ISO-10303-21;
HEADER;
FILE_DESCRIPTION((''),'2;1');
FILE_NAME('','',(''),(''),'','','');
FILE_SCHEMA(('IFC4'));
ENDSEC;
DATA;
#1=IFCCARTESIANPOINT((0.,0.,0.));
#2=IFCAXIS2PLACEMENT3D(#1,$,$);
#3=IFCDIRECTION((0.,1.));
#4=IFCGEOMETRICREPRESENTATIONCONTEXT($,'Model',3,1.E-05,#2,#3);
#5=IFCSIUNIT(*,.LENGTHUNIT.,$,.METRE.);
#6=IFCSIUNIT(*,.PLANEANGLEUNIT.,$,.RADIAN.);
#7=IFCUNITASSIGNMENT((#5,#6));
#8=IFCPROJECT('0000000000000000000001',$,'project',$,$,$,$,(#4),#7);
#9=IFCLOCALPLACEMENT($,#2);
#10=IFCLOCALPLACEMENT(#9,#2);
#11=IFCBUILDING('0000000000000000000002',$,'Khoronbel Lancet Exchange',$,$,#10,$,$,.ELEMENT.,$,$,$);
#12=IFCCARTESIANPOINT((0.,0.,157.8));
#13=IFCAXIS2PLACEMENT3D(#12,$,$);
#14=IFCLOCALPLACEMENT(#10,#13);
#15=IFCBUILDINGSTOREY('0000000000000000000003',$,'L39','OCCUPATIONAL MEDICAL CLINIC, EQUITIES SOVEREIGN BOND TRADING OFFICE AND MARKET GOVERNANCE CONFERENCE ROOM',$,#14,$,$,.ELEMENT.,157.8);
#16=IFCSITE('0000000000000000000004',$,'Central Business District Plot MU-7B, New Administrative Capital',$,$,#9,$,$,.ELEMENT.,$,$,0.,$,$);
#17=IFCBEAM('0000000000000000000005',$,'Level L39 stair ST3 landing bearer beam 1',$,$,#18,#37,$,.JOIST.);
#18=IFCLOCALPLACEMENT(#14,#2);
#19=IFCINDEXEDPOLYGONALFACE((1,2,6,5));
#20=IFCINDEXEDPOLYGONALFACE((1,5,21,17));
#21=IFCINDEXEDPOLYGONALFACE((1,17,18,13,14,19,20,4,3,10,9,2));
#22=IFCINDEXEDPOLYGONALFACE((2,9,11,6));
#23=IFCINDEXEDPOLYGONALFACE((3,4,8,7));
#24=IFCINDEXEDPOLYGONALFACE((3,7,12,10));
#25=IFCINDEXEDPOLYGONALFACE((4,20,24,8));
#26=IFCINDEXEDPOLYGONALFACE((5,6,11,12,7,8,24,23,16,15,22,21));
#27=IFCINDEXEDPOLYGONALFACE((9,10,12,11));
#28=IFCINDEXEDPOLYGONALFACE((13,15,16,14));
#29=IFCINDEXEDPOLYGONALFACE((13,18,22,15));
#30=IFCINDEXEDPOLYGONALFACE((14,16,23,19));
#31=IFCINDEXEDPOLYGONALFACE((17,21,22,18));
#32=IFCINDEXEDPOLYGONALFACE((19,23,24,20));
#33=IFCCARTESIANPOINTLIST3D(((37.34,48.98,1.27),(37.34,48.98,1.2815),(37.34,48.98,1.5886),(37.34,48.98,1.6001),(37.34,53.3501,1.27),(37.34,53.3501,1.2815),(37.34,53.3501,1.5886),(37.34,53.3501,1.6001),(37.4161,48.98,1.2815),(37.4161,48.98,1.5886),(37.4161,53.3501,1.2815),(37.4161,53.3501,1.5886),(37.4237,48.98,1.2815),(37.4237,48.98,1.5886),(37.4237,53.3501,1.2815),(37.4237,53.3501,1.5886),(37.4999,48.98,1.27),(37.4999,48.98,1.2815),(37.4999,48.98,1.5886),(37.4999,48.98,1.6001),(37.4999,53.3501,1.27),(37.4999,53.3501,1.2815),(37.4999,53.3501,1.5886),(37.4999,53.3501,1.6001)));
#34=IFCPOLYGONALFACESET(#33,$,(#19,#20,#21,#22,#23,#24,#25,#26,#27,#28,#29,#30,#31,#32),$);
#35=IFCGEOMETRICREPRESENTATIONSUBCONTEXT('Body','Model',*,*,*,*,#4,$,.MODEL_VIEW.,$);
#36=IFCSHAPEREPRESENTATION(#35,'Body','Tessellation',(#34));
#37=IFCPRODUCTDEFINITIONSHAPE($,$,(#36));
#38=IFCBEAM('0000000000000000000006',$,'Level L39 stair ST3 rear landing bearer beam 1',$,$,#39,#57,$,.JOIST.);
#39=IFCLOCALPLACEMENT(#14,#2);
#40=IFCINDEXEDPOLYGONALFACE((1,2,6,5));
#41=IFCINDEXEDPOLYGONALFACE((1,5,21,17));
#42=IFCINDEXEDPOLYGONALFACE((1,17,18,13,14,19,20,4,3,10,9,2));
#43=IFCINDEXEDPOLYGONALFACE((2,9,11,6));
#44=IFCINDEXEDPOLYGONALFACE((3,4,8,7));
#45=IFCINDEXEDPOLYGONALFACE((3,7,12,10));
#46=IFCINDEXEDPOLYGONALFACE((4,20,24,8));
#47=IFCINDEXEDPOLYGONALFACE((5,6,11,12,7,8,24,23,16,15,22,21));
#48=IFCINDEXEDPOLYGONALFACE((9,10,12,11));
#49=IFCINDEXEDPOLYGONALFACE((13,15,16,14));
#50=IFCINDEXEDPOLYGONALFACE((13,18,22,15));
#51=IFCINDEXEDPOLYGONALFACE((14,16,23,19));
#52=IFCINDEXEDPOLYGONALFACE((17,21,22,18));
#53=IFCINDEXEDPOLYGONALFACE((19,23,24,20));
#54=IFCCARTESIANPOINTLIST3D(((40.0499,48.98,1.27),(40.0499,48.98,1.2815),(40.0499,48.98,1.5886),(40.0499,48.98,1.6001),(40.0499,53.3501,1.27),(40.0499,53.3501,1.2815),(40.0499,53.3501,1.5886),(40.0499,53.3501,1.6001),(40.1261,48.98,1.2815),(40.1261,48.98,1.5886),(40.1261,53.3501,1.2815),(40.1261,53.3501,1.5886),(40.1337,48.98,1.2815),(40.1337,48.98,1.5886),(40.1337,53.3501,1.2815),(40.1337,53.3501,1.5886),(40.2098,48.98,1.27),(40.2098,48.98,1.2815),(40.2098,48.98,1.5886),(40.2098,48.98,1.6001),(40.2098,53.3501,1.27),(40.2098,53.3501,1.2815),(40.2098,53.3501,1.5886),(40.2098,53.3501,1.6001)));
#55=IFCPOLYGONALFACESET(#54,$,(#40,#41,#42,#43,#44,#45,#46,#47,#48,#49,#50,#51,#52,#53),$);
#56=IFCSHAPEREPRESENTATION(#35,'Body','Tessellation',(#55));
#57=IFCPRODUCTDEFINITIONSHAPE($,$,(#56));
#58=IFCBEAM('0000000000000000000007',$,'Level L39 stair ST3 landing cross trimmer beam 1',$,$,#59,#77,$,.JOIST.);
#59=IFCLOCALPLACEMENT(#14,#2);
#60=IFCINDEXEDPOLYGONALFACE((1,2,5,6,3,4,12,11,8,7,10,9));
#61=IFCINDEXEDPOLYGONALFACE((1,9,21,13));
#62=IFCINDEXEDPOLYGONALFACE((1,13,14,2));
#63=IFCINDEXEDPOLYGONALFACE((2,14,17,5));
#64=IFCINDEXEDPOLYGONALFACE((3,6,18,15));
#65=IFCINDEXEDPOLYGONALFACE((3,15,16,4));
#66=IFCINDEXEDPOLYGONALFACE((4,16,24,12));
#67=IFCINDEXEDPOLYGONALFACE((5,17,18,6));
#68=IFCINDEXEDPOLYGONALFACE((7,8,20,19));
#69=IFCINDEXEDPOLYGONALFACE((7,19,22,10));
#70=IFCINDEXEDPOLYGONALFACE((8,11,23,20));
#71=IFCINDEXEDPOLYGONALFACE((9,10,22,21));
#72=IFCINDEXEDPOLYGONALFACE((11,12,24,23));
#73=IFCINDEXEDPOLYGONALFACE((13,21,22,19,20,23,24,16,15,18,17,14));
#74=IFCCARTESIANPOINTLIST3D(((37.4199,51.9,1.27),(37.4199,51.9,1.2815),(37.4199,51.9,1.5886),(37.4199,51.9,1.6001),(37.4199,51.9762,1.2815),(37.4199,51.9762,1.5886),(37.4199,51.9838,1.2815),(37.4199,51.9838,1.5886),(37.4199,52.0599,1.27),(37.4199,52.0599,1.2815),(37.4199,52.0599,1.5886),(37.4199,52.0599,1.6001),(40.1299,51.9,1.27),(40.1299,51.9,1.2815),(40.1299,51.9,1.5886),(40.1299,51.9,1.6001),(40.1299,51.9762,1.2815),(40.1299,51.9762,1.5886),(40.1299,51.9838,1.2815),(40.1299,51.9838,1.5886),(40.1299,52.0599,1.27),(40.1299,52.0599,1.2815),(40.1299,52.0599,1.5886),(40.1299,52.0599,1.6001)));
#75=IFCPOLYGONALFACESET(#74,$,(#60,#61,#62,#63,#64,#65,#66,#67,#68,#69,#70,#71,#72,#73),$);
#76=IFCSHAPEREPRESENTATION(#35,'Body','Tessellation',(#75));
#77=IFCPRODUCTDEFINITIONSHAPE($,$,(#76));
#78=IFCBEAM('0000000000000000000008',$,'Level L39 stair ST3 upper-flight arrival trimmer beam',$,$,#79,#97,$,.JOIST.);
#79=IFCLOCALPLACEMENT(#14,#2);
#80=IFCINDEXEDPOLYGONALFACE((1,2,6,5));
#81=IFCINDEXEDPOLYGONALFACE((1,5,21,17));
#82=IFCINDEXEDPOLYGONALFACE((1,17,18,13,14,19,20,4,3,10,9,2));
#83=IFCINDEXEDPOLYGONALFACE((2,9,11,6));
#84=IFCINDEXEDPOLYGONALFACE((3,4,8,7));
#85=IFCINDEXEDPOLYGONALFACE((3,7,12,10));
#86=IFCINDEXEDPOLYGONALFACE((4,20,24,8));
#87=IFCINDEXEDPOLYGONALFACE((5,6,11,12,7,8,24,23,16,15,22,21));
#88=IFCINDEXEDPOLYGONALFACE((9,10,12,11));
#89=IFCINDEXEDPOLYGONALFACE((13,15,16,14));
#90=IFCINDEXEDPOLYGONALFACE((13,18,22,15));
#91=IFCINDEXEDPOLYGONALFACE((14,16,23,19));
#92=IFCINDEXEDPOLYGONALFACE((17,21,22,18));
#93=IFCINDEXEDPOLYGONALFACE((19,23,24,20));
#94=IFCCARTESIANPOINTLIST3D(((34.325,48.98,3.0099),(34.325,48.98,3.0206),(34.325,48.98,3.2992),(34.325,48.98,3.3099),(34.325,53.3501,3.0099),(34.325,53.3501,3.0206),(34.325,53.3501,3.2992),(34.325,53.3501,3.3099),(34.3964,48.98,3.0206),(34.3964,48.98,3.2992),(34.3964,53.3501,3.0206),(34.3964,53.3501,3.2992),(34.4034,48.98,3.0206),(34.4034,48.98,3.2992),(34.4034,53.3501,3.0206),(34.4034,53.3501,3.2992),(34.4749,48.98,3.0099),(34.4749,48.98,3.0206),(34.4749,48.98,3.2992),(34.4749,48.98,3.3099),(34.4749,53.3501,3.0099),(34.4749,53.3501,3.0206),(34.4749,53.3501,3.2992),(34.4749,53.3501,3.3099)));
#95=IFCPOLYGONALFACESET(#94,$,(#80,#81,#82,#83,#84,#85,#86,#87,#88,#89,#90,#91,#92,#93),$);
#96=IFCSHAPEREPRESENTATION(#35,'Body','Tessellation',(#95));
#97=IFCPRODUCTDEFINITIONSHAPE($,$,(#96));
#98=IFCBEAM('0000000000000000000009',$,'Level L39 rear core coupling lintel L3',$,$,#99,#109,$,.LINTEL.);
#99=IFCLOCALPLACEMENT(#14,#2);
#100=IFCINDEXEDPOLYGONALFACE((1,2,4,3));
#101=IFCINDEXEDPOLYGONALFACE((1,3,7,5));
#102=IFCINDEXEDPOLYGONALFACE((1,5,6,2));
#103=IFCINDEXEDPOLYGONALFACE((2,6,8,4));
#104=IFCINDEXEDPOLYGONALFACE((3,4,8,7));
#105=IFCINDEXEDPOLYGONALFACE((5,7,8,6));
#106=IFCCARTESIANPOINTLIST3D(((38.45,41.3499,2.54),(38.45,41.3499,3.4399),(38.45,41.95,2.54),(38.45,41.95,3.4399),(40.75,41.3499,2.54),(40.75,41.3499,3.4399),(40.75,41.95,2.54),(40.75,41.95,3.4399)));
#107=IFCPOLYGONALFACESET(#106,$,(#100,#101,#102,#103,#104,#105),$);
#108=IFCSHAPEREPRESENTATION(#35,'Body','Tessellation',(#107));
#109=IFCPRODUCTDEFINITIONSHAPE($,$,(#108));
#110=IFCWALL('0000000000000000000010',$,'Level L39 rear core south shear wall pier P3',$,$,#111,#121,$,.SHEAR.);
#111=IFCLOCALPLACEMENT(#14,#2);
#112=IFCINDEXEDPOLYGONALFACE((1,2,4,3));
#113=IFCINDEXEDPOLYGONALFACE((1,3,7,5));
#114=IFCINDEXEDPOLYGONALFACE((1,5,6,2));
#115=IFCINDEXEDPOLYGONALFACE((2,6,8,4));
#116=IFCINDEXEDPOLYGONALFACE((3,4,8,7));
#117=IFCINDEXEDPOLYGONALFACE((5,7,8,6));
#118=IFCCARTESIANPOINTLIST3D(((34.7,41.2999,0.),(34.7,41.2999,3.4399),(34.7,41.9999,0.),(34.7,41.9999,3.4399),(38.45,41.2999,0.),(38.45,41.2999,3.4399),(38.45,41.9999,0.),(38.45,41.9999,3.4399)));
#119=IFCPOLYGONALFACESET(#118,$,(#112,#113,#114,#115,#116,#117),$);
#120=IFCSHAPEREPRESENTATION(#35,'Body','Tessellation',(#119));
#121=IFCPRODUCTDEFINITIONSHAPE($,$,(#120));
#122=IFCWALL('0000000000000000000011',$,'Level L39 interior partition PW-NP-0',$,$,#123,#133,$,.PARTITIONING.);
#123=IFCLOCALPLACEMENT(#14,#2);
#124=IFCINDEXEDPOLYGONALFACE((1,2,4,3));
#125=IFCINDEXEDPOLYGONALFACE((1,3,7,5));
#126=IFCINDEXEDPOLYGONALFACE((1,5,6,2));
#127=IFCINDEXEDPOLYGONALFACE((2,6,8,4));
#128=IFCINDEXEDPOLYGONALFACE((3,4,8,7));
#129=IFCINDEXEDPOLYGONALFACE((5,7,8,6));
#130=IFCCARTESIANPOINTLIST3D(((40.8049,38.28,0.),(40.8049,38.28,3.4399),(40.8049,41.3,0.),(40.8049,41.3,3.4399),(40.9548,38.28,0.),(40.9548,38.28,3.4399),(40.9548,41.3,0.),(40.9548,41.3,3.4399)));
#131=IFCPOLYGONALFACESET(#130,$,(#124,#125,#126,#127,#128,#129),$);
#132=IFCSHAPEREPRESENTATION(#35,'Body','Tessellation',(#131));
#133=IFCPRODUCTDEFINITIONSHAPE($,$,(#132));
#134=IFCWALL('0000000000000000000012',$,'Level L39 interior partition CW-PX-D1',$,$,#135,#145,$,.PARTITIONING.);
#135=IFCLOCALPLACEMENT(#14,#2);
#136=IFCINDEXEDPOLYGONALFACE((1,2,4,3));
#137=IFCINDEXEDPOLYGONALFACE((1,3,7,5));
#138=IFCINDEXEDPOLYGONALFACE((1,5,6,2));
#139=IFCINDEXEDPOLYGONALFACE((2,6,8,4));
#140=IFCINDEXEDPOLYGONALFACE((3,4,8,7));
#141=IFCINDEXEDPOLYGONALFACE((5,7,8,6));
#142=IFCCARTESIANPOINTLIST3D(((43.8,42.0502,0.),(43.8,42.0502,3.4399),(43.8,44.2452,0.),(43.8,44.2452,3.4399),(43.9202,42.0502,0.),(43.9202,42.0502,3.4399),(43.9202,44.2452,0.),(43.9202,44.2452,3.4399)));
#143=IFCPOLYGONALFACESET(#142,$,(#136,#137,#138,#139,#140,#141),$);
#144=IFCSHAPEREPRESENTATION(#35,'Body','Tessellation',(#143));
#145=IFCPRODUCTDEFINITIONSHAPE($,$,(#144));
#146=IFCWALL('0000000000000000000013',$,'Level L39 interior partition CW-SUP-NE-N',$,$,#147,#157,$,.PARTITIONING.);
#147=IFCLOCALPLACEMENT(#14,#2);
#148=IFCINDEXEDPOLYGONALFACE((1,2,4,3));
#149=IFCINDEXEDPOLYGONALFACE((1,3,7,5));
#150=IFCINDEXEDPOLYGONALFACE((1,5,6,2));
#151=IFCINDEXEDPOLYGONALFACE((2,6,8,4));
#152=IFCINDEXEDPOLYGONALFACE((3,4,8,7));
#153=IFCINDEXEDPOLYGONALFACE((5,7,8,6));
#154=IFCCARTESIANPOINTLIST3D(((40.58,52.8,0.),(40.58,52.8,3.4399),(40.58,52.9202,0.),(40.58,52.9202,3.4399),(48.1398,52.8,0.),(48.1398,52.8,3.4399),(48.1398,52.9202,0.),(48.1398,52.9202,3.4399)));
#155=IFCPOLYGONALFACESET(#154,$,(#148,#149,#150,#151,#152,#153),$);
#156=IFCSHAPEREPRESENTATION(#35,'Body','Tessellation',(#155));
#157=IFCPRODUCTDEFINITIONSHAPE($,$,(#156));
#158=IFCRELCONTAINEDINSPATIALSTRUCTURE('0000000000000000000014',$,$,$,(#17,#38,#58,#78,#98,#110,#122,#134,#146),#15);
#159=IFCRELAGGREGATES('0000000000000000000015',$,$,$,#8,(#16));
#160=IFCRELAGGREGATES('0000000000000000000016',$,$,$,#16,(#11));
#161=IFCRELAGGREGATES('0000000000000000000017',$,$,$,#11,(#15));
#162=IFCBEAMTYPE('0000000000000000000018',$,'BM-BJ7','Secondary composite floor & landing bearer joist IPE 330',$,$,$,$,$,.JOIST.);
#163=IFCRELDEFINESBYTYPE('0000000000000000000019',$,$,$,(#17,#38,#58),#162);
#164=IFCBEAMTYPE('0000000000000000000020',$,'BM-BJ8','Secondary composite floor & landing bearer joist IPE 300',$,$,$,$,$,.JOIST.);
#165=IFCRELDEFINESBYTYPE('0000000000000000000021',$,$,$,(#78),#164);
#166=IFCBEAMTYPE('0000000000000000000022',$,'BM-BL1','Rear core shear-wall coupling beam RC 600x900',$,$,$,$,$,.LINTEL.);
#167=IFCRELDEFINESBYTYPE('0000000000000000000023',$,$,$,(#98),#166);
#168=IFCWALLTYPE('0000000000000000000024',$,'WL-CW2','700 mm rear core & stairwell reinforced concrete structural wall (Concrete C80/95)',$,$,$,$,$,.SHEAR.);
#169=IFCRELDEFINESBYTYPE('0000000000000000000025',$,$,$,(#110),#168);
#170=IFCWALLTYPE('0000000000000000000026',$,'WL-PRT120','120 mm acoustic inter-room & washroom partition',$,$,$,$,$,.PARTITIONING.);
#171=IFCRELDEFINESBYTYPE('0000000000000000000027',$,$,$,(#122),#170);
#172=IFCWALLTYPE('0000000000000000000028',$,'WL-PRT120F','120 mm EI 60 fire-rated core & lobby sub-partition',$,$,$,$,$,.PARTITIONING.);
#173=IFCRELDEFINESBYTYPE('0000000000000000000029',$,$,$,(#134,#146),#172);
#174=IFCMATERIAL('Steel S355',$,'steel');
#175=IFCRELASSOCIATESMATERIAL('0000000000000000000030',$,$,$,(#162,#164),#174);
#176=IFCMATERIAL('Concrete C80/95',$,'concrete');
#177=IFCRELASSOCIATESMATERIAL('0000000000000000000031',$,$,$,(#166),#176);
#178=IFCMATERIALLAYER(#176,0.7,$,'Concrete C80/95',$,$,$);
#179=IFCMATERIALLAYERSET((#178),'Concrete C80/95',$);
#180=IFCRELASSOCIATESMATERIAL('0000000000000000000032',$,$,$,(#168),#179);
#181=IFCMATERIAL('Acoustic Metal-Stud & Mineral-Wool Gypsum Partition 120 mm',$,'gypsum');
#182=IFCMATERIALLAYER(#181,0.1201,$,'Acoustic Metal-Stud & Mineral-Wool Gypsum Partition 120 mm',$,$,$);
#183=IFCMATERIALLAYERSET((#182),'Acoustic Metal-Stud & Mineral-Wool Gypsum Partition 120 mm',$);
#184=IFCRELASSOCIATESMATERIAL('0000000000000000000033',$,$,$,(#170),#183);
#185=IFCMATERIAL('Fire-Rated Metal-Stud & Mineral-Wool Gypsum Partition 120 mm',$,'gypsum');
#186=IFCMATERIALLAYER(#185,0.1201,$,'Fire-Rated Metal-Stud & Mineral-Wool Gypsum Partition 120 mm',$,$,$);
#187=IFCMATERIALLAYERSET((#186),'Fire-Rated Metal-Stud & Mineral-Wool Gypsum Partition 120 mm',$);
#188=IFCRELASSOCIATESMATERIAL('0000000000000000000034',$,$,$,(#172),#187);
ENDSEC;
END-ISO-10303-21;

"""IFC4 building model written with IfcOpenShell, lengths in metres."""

from ifc_helpers import new_model, si_unit, direction, frame, frame_2d, origin, origin_2d, place, context, subcontext, project, spatial, rectangle, i_section, extrude, material, layer, layer_set, material_profile, profile_set, type_object, element, save


model = new_model("IFC4")

# Units and contexts
model_context = context("Model", 3, precision=1e-05, world=origin(), true_north=direction((0.0, 1.0)))
body_context = subcontext(model_context, "Body", "Model", "MODEL_VIEW")
ifc_project = project(units=[si_unit("LENGTHUNIT", "METRE"), si_unit("PLANEANGLEUNIT", "RADIAN")], contexts=[model_context])

# Site, building, storey
site_placement = place(None, origin())
site = spatial("IfcSite", under=ifc_project, at=site_placement, Name="Central Business District Plot MU-7B, New Administrative Capital", CompositionType="ELEMENT", RefElevation=0.0)
building_placement = place(site_placement, origin())
building = spatial("IfcBuilding", under=site, at=building_placement, Name="Khoronbel Lancet Exchange", CompositionType="ELEMENT")
storey_placement = place(building_placement, frame((0.0, 0.0, 157.8)))
storey = spatial("IfcBuildingStorey", under=building, at=storey_placement, Name="L39", Description="OCCUPATIONAL MEDICAL CLINIC, EQUITIES SOVEREIGN BOND TRADING OFFICE AND MARKET GOVERNANCE CONFERENCE ROOM", CompositionType="ELEMENT", Elevation=157.8)

# Beams
ifc_material_1 = material(Name="Steel S355", Category="steel")
ifc_material_profile_1 = material_profile(ifc_material_1, i_section(OverallWidth=0.1599, OverallDepth=0.3301, WebThickness=0.0076, FlangeThickness=0.0115, at=origin_2d()), Name="IPE 330")
ifc_profile_set_1 = profile_set([ifc_material_profile_1], Name="Steel S355")
beam_type_1 = type_object("IfcBeamType", Name="BM-BJ7", Description="Secondary composite floor & landing bearer joist IPE 330", PredefinedType="JOIST", material=ifc_profile_set_1)
for number, where, z_axis, x_axis, name in (
    (1, (37.4199, 48.98, 1.4351), (0.0, 1.0, 0.0), (-1.0, 0.0, 0.0), "Level L39 stair ST3 landing bearer beam 1"),
    (2, (40.1299, 48.98, 1.4351), (0.0, 1.0, 0.0), (-1.0, 0.0, 0.0), "Level L39 stair ST3 rear landing bearer beam 1"),
):
    element("IfcBeam", number, at=place(storey_placement, frame(where, z_axis=z_axis, x_axis=x_axis)), inside=storey, type_object=beam_type_1, Name=name, PredefinedType="JOIST", context=body_context, shape_type="SweptSolid", body=[
        extrude(i_section(OverallWidth=0.1599, OverallDepth=0.3301, WebThickness=0.0076, FlangeThickness=0.0115, at=origin_2d()), origin(), (0.0, 0.0, 1.0), 4.3701),
    ])
beam_1_placement = place(storey_placement, frame((37.4199, 51.98, 1.4351), z_axis=(1.0, 0.0, 0.0), x_axis=(0.0, 1.0, 0.0)))
element("IfcBeam", 3, at=beam_1_placement, inside=storey, type_object=beam_type_1, Name="Level L39 stair ST3 landing cross trimmer beam 1", PredefinedType="JOIST", context=body_context, shape_type="SweptSolid", body=[
    extrude(i_section(OverallWidth=0.1599, OverallDepth=0.3301, WebThickness=0.0076, FlangeThickness=0.0115, at=origin_2d()), origin(), (0.0, 0.0, 1.0), 2.71),
])
ifc_material_profile_2 = material_profile(ifc_material_1, i_section(OverallWidth=0.1499, OverallDepth=0.3, WebThickness=0.0071, FlangeThickness=0.0107, at=origin_2d()), Name="IPE 300")
ifc_profile_set_2 = profile_set([ifc_material_profile_2], Name="Steel S355")
beam_type_2 = type_object("IfcBeamType", Name="BM-BJ8", Description="Secondary composite floor & landing bearer joist IPE 300", PredefinedType="JOIST", material=ifc_profile_set_2)
beam_2_placement = place(storey_placement, frame((34.3999, 48.98, 3.1599), z_axis=(0.0, 1.0, 0.0), x_axis=(-1.0, 0.0, 0.0)))
element("IfcBeam", 4, at=beam_2_placement, inside=storey, type_object=beam_type_2, Name="Level L39 stair ST3 upper-flight arrival trimmer beam", PredefinedType="JOIST", context=body_context, shape_type="SweptSolid", body=[
    extrude(i_section(OverallWidth=0.1499, OverallDepth=0.3, WebThickness=0.0071, FlangeThickness=0.0107, at=origin_2d()), origin(), (0.0, 0.0, 1.0), 4.3701),
])
ifc_material_2 = material(Name="Concrete C80/95", Category="concrete")
ifc_material_profile_3 = material_profile(ifc_material_2, rectangle(XDim=0.6001, YDim=0.8999, at=origin_2d()), Name="RC 600x900")
ifc_profile_set_3 = profile_set([ifc_material_profile_3], Name="Concrete C80/95")
beam_type_3 = type_object("IfcBeamType", Name="BM-BL1", Description="Rear core shear-wall coupling beam RC 600x900", PredefinedType="LINTEL", material=ifc_profile_set_3)
beam_3_placement = place(storey_placement, frame((38.45, 41.6499, 2.99), z_axis=(1.0, 0.0, 0.0), x_axis=(0.0, 1.0, 0.0)))
element("IfcBeam", 5, at=beam_3_placement, inside=storey, type_object=beam_type_3, Name="Level L39 rear core coupling lintel L3", PredefinedType="LINTEL", context=body_context, shape_type="SweptSolid", body=[
    extrude(rectangle(XDim=0.6001, YDim=0.8999, at=origin_2d()), origin(), (0.0, 0.0, 1.0), 2.3),
])

# Walls
ifc_layer_1 = layer(ifc_material_2, 0.7, Name="Concrete C80/95")
ifc_layer_set_1 = layer_set([ifc_layer_1], Name="Concrete C80/95")
wall_type_1 = type_object("IfcWallType", Name="WL-CW2", Description="700 mm rear core & stairwell reinforced concrete structural wall (Concrete C80/95)", PredefinedType="SHEAR", material=ifc_layer_set_1)
wall_1_placement = place(storey_placement, frame((38.45, 41.6499, 0.0), z_axis=(0.0, 0.0, 1.0), x_axis=(-1.0, 0.0, 0.0)))
element("IfcWall", 6, at=wall_1_placement, inside=storey, type_object=wall_type_1, Name="Level L39 rear core south shear wall pier P3", PredefinedType="SHEAR", context=body_context, shape_type="SweptSolid", body=[
    extrude(rectangle(XDim=3.75, YDim=0.7, at=frame_2d((1.875, 0.0))), origin(), (0.0, 0.0, 1.0), 3.4399),
])
ifc_material_3 = material(Name="Acoustic Metal-Stud & Mineral-Wool Gypsum Partition 120 mm", Category="gypsum")
ifc_layer_2 = layer(ifc_material_3, 0.1201, Name="Acoustic Metal-Stud & Mineral-Wool Gypsum Partition 120 mm")
ifc_layer_set_2 = layer_set([ifc_layer_2], Name="Acoustic Metal-Stud & Mineral-Wool Gypsum Partition 120 mm")
wall_type_2 = type_object("IfcWallType", Name="WL-PRT120", Description="120 mm acoustic inter-room & washroom partition", PredefinedType="PARTITIONING", material=ifc_layer_set_2)
wall_2_placement = place(storey_placement, frame((40.8799, 38.28, 0.0), z_axis=(0.0, 0.0, 1.0), x_axis=(0.0, 1.0, 0.0)))
element("IfcWall", 7, at=wall_2_placement, inside=storey, type_object=wall_type_2, Name="Level L39 interior partition PW-NP-0", PredefinedType="PARTITIONING", context=body_context, shape_type="SweptSolid", body=[
    extrude(rectangle(XDim=3.02, YDim=0.1499, at=frame_2d((1.51, 0.0))), origin(), (0.0, 0.0, 1.0), 3.4399),
])
ifc_material_4 = material(Name="Fire-Rated Metal-Stud & Mineral-Wool Gypsum Partition 120 mm", Category="gypsum")
ifc_layer_3 = layer(ifc_material_4, 0.1201, Name="Fire-Rated Metal-Stud & Mineral-Wool Gypsum Partition 120 mm")
ifc_layer_set_3 = layer_set([ifc_layer_3], Name="Fire-Rated Metal-Stud & Mineral-Wool Gypsum Partition 120 mm")
wall_type_3 = type_object("IfcWallType", Name="WL-PRT120F", Description="120 mm EI 60 fire-rated core & lobby sub-partition", PredefinedType="PARTITIONING", material=ifc_layer_set_3)
wall_3_placement = place(storey_placement, frame((43.8601, 42.05, 0.0), z_axis=(0.0, 0.0, 1.0), x_axis=(0.0, 1.0, 0.0)))
element("IfcWall", 8, at=wall_3_placement, inside=storey, type_object=wall_type_3, Name="Level L39 interior partition CW-PX-D1", PredefinedType="PARTITIONING", context=body_context, shape_type="SweptSolid", body=[
    extrude(rectangle(XDim=2.1951, YDim=0.1201, at=frame_2d((1.0977, 0.0))), origin(), (0.0, 0.0, 1.0), 3.4399),
])
wall_4_placement = place(storey_placement, frame((40.5801, 52.8601, 0.0), z_axis=(0.0, 0.0, 1.0), x_axis=(1.0, 0.0, 0.0)))
element("IfcWall", 9, at=wall_4_placement, inside=storey, type_object=wall_type_3, Name="Level L39 interior partition CW-SUP-NE-N", PredefinedType="PARTITIONING", context=body_context, shape_type="SweptSolid", body=[
    extrude(rectangle(XDim=7.5598, YDim=0.1201, at=frame_2d((3.7798, 0.0))), origin(), (0.0, 0.0, 1.0), 3.4399),
])

save(model, "model.ifc")
